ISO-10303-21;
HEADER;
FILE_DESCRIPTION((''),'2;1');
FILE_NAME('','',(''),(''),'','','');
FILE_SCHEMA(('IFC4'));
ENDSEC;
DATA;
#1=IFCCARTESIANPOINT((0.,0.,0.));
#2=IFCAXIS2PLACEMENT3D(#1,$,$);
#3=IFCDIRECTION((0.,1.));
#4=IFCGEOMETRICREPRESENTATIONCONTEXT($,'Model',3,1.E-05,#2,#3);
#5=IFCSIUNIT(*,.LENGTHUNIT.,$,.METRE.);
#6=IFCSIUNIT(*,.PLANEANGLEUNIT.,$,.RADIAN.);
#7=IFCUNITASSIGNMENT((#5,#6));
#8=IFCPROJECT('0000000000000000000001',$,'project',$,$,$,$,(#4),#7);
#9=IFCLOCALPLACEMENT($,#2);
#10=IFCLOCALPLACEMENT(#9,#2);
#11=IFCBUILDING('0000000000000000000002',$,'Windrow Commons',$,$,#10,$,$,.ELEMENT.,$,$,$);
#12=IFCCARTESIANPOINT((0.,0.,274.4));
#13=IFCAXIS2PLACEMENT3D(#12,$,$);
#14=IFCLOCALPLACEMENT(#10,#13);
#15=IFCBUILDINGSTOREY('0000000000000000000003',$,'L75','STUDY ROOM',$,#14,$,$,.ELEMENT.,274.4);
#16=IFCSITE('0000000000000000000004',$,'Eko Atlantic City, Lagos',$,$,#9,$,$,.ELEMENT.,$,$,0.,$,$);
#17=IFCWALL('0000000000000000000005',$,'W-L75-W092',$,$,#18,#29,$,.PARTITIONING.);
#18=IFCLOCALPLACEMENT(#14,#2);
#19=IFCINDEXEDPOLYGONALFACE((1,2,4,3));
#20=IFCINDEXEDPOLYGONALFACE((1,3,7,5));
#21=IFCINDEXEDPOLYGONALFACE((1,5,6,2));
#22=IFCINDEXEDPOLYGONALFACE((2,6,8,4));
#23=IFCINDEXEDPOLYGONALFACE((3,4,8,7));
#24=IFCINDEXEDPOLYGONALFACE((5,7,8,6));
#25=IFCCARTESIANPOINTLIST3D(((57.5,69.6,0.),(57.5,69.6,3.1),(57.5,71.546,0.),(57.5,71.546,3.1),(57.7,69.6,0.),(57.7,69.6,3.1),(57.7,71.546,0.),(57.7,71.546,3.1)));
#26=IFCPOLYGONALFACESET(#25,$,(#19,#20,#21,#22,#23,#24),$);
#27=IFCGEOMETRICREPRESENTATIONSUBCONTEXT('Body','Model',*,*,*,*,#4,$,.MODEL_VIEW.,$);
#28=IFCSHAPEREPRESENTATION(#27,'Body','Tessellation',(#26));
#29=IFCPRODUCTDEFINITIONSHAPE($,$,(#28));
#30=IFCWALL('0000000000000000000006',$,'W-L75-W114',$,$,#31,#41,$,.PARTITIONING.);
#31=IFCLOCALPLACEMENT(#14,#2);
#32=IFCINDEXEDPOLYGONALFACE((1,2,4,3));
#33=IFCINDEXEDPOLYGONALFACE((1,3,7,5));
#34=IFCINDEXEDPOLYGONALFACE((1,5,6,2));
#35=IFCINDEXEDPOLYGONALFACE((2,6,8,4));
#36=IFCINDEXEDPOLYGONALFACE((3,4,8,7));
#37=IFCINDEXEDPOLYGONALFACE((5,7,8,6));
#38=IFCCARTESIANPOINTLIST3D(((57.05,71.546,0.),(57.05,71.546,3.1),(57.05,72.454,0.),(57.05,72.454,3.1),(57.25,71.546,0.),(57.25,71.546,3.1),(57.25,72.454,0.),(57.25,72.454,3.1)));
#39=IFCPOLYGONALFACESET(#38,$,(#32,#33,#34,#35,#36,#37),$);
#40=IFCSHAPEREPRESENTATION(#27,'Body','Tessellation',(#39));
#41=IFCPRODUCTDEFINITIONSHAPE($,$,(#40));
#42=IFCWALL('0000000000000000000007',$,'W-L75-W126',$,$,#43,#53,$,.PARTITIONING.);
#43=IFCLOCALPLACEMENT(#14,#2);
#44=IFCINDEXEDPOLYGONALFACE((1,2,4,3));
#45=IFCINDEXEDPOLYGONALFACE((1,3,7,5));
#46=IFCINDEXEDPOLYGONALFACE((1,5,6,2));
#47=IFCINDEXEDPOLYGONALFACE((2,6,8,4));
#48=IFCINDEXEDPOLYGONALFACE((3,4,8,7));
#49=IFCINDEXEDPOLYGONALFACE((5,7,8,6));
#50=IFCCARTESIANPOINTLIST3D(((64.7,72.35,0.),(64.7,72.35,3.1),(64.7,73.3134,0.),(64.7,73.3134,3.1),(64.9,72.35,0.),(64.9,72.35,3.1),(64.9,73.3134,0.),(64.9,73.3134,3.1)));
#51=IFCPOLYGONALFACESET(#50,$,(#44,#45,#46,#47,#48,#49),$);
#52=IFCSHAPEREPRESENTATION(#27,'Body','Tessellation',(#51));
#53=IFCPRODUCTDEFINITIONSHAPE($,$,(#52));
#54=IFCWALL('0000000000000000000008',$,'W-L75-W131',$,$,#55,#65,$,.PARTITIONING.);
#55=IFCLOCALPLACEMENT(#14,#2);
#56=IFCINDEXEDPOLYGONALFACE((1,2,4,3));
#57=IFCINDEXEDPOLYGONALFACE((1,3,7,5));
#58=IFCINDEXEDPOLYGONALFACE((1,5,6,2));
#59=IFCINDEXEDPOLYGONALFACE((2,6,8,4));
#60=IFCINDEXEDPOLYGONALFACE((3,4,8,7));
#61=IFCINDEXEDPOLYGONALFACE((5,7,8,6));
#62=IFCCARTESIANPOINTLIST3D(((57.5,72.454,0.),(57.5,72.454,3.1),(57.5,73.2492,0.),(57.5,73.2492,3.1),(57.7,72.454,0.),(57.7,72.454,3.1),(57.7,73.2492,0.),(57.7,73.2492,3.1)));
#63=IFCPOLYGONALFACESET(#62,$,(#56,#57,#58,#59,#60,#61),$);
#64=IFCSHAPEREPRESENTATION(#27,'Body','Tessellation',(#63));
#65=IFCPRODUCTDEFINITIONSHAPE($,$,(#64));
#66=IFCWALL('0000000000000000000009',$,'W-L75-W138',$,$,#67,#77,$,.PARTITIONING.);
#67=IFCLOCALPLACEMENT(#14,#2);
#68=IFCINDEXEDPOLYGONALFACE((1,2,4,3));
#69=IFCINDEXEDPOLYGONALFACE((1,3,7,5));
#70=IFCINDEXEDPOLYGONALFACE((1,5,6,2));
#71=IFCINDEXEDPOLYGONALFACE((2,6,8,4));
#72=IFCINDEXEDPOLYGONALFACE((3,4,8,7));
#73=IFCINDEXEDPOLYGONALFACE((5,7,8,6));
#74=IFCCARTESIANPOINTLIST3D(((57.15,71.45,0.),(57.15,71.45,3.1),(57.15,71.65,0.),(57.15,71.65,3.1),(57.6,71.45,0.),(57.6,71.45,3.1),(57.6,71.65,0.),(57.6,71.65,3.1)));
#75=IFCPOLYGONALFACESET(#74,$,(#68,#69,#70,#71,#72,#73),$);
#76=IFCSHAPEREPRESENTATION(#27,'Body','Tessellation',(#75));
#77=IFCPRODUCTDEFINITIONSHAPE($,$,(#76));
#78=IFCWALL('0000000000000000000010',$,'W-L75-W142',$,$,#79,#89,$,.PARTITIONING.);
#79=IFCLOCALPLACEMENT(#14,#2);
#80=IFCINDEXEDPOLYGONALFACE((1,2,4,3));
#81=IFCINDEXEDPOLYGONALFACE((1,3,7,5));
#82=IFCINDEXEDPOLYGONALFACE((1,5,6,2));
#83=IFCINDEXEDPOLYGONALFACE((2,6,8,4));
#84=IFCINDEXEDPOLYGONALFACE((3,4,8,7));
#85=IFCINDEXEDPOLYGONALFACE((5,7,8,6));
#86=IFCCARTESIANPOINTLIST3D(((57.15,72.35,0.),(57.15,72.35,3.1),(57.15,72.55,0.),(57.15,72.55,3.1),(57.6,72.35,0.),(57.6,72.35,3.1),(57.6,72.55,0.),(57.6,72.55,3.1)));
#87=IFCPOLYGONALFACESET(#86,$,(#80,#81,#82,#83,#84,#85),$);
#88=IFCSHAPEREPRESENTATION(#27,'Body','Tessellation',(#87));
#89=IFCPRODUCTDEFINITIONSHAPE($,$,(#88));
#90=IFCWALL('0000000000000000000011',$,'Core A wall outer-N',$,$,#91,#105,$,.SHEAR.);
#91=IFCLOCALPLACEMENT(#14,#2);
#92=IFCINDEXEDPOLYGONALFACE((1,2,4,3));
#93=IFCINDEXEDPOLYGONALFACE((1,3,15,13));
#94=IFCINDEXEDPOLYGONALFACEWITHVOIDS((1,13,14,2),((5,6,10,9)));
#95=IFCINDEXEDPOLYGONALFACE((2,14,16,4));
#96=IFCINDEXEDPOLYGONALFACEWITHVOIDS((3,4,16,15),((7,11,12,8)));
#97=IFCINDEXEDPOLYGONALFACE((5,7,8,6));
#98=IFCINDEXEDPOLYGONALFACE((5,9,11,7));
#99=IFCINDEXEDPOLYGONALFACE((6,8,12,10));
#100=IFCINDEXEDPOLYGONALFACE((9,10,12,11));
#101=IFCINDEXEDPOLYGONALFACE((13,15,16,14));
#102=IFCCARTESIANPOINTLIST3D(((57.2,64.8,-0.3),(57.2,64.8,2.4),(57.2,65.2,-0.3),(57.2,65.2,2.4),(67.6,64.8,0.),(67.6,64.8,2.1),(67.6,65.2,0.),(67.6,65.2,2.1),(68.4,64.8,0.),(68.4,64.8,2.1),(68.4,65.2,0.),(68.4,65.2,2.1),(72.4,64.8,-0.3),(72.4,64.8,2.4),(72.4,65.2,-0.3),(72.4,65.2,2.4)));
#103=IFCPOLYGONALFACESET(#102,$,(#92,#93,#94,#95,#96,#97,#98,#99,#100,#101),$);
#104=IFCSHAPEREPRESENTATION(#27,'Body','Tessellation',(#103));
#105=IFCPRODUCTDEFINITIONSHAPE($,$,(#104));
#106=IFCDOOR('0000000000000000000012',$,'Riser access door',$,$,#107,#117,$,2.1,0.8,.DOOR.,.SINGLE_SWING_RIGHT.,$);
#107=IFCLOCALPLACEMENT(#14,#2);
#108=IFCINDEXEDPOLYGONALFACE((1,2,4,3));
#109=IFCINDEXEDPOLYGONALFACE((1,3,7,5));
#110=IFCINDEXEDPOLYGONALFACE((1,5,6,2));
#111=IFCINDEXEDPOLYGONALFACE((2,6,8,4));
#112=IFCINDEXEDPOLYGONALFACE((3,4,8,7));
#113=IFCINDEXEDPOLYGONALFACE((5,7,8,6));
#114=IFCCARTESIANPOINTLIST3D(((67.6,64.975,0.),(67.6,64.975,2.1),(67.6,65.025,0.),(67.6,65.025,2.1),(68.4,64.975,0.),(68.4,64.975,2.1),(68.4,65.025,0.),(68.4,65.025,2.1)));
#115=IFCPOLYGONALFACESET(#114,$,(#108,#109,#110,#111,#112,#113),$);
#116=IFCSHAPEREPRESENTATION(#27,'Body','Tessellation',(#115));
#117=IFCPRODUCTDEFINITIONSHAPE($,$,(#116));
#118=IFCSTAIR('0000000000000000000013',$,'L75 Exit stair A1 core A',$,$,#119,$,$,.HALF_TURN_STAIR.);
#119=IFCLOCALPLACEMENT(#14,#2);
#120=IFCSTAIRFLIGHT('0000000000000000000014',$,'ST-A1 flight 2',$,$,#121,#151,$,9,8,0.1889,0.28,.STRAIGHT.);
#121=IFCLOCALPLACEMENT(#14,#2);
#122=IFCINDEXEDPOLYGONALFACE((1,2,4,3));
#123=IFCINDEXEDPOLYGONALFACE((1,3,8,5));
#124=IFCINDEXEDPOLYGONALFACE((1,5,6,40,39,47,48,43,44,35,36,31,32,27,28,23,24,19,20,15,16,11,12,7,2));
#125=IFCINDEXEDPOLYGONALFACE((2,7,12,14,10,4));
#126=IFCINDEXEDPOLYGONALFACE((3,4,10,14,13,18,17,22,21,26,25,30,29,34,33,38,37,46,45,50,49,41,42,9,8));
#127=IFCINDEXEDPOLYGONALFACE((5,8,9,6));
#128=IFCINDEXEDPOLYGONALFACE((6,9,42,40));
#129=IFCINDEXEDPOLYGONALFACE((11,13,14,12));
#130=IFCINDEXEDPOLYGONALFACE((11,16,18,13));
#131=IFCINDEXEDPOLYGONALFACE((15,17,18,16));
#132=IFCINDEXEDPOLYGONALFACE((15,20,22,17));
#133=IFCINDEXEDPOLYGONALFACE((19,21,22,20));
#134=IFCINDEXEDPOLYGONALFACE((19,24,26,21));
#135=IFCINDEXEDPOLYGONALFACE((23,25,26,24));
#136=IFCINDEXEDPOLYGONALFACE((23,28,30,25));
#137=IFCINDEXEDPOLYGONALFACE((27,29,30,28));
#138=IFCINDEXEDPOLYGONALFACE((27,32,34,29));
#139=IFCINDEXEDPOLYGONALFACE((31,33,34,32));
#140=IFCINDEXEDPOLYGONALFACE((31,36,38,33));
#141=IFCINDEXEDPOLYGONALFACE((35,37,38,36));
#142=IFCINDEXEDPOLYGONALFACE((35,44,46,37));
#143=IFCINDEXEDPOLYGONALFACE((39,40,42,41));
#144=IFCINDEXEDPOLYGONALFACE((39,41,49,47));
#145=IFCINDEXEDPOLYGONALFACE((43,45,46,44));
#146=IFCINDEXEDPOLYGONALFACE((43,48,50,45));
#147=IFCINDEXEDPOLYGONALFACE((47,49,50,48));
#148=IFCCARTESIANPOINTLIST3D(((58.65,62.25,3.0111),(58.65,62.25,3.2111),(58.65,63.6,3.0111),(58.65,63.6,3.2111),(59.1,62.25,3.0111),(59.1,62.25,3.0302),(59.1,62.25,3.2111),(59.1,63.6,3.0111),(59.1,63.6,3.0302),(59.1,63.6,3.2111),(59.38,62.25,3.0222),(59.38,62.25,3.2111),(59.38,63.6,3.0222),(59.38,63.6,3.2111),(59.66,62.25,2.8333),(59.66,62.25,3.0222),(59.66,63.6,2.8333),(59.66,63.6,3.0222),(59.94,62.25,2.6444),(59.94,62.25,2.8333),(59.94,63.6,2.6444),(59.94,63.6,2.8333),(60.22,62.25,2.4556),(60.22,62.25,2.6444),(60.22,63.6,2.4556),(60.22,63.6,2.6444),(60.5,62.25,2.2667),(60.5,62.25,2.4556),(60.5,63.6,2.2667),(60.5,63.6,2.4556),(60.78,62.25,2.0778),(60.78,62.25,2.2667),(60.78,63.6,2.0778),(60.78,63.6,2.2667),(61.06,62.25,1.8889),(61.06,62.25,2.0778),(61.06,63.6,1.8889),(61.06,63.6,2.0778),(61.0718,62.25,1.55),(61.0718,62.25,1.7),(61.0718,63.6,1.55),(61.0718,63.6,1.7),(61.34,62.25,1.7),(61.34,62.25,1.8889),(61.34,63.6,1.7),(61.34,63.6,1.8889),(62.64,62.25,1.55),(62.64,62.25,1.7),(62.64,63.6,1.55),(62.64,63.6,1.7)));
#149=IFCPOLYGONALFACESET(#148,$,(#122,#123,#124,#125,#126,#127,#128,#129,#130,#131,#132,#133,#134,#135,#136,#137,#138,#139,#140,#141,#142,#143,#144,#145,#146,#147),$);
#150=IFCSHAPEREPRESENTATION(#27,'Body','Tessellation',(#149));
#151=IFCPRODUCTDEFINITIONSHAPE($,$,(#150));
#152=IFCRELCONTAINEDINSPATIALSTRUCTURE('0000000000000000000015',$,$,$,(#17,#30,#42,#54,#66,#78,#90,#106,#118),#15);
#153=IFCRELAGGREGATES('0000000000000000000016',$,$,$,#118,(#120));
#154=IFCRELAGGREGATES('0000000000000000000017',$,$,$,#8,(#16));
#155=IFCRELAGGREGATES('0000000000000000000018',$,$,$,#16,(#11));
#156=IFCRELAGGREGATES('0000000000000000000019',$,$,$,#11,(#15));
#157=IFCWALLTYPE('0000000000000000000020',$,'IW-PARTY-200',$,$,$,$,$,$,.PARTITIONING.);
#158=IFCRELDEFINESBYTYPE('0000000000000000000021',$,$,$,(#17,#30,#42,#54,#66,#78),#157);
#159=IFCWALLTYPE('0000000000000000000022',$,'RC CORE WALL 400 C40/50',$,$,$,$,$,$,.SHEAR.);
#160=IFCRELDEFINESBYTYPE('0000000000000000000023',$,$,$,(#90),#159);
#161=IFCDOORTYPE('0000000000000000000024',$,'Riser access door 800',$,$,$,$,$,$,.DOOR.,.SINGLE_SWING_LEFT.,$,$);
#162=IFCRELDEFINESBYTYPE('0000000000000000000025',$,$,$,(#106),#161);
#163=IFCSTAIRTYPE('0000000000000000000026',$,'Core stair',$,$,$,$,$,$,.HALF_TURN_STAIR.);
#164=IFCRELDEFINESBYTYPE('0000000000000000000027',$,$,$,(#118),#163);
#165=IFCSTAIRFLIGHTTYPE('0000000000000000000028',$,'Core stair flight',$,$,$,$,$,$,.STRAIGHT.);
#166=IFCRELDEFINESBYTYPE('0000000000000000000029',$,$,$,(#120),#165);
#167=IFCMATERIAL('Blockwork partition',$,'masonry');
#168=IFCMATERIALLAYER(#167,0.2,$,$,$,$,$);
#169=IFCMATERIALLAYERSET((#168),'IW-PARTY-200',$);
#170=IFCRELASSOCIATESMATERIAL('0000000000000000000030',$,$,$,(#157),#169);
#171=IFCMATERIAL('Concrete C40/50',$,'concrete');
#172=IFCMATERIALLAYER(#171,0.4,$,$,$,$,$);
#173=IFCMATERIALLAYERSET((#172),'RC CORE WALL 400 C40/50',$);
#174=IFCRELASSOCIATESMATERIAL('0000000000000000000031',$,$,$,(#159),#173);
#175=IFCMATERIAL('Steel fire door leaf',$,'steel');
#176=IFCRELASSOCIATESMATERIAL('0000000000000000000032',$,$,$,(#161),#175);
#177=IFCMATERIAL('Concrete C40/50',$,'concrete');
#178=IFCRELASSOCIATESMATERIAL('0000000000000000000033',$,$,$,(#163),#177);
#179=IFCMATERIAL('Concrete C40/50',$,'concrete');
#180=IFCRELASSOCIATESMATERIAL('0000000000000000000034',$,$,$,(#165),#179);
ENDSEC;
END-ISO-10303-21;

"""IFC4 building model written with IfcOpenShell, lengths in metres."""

from ifc_helpers import new_model, si_unit, direction, frame, frame_2d, origin, place, context, subcontext, project, spatial, polyline, rectangle, outline, extrude, material, layer, layer_set, type_object, element, fill, aggregate, save


model = new_model("IFC4")

# Units and contexts
model_context = context("Model", 3, precision=1e-05, world=origin(), true_north=direction((0.0, 1.0)))
body_context = subcontext(model_context, "Body", "Model", "MODEL_VIEW")
ifc_project = project(units=[si_unit("LENGTHUNIT", "METRE"), si_unit("PLANEANGLEUNIT", "RADIAN")], contexts=[model_context])

# Site, building, storey
site_placement = place(None, origin())
site = spatial("IfcSite", under=ifc_project, at=site_placement, Name="Eko Atlantic City, Lagos", CompositionType="ELEMENT", RefElevation=0.0)
building_placement = place(site_placement, origin())
building = spatial("IfcBuilding", under=site, at=building_placement, Name="Windrow Commons", CompositionType="ELEMENT")
storey_placement = place(building_placement, frame((0.0, 0.0, 274.4)))
storey = spatial("IfcBuildingStorey", under=building, at=storey_placement, Name="L75", Description="STUDY ROOM", CompositionType="ELEMENT", Elevation=274.4)

# Walls
ifc_material_1 = material(Name="Blockwork partition", Category="masonry")
ifc_layer_1 = layer(ifc_material_1, 0.2)
ifc_layer_set_1 = layer_set([ifc_layer_1], Name="IW-PARTY-200")
wall_type_1 = type_object("IfcWallType", Name="IW-PARTY-200", PredefinedType="PARTITIONING", material=ifc_layer_set_1)
wall_1_placement = place(storey_placement, frame((57.6, 69.6, 0.0), z_axis=(0.0, 0.0, 1.0), x_axis=(0.0, 1.0, 0.0)))
element("IfcWall", 1, at=wall_1_placement, inside=storey, type_object=wall_type_1, Name="W-L75-W092", PredefinedType="PARTITIONING", context=body_context, shape_type="SweptSolid", body=[
    extrude(rectangle(XDim=1.946, YDim=0.2, at=frame_2d((0.973, 0.0))), origin(), (0.0, 0.0, 1.0), 3.1),
])
wall_2_placement = place(storey_placement, frame((57.15, 71.546, 0.0), z_axis=(0.0, 0.0, 1.0), x_axis=(0.0, 1.0, 0.0)))
element("IfcWall", 2, at=wall_2_placement, inside=storey, type_object=wall_type_1, Name="W-L75-W114", PredefinedType="PARTITIONING", context=body_context, shape_type="SweptSolid", body=[
    extrude(rectangle(XDim=0.908, YDim=0.2, at=frame_2d((0.454, 0.0))), origin(), (0.0, 0.0, 1.0), 3.1),
])
wall_3_placement = place(storey_placement, frame((64.8, 72.35, 0.0), z_axis=(0.0, 0.0, 1.0), x_axis=(0.0, 1.0, 0.0)))
element("IfcWall", 3, at=wall_3_placement, inside=storey, type_object=wall_type_1, Name="W-L75-W126", PredefinedType="PARTITIONING", context=body_context, shape_type="SweptSolid", body=[
    extrude(rectangle(XDim=0.9634, YDim=0.2, at=frame_2d((0.4817, 0.0))), origin(), (0.0, 0.0, 1.0), 3.1),
])
wall_4_placement = place(storey_placement, frame((57.6, 72.454, 0.0), z_axis=(0.0, 0.0, 1.0), x_axis=(0.0, 1.0, 0.0)))
element("IfcWall", 4, at=wall_4_placement, inside=storey, type_object=wall_type_1, Name="W-L75-W131", PredefinedType="PARTITIONING", context=body_context, shape_type="SweptSolid", body=[
    extrude(rectangle(XDim=0.7952, YDim=0.2, at=frame_2d((0.3976, 0.0))), origin(), (0.0, 0.0, 1.0), 3.1),
])
for number, where, z_axis, x_axis, name in (
    (5, (57.15, 71.55, 0.0), (0.0, 0.0, 1.0), (1.0, 0.0, 0.0), "W-L75-W138"),
    (6, (57.15, 72.45, 0.0), (0.0, 0.0, 1.0), (1.0, 0.0, 0.0), "W-L75-W142"),
):
    element("IfcWall", number, at=place(storey_placement, frame(where, z_axis=z_axis, x_axis=x_axis)), inside=storey, type_object=wall_type_1, Name=name, PredefinedType="PARTITIONING", context=body_context, shape_type="SweptSolid", body=[
        extrude(rectangle(XDim=0.45, YDim=0.2, at=frame_2d((0.225, 0.0))), origin(), (0.0, 0.0, 1.0), 3.1),
    ])

# Wall, opening, door
ifc_material_2 = material(Name="Concrete C40/50", Category="concrete")
ifc_layer_2 = layer(ifc_material_2, 0.4)
ifc_layer_set_2 = layer_set([ifc_layer_2], Name="RC CORE WALL 400 C40/50")
wall_type_2 = type_object("IfcWallType", Name="RC CORE WALL 400 C40/50", PredefinedType="SHEAR", material=ifc_layer_set_2)
wall_5_placement = place(storey_placement, frame((57.2, 65.0, -0.3), z_axis=(0.0, 0.0, 1.0), x_axis=(1.0, 0.0, 0.0)))
wall_5 = element("IfcWall", 7, at=wall_5_placement, inside=storey, type_object=wall_type_2, Name="Core A wall outer-N", PredefinedType="SHEAR", context=body_context, shape_type="SweptSolid", body=[
    extrude(rectangle(XDim=15.2, YDim=0.4, at=frame_2d((7.6, 0.0))), origin(), (0.0, 0.0, 1.0), 2.7),
])
opening_1_placement = place(wall_5_placement, frame((10.4, 0.0, 0.3)))
opening_1 = element("IfcOpeningElement", 8, at=opening_1_placement, cuts=wall_5, PredefinedType="OPENING", context=body_context, shape_type="SweptSolid", body=[
    extrude(rectangle(XDim=0.8, YDim=2.1, at=frame_2d((0.4, 1.05))), frame((0.0, 0.21, 0.0), z_axis=(0.0, -1.0, 0.0), x_axis=(1.0, 0.0, 0.0)), (0.0, 0.0, 1.0), 0.42),
])
ifc_material_3 = material(Name="Steel fire door leaf", Category="steel")
door_type_1 = type_object("IfcDoorType", Name="Riser access door 800", OperationType="SINGLE_SWING_LEFT", PredefinedType="DOOR", material=ifc_material_3)
door_1_placement = place(opening_1_placement, origin())
door_1 = element("IfcDoor", 9, at=door_1_placement, inside=storey, type_object=door_type_1, Name="Riser access door", OperationType="SINGLE_SWING_RIGHT", OverallHeight=2.1, OverallWidth=0.8, PredefinedType="DOOR", context=body_context, shape_type="SweptSolid", body=[
    extrude(rectangle(XDim=0.8, YDim=2.1, at=frame_2d((0.4, 1.05))), frame((0.0, 0.025, 0.0), z_axis=(0.0, -1.0, 0.0), x_axis=(1.0, 0.0, 0.0)), (0.0, 0.0, 1.0), 0.05),
])
fill(opening_1, door_1)

# Stair, stair flight
ifc_material_4 = material(Name="Concrete C40/50", Category="concrete")
stair_type = type_object("IfcStairType", Name="Core stair", PredefinedType="HALF_TURN_STAIR", material=ifc_material_4)
stair_placement = place(storey_placement, origin())
stair = element("IfcStair", 10, at=stair_placement, inside=storey, type_object=stair_type, Name="L75 Exit stair A1 core A", PredefinedType="HALF_TURN_STAIR")
ifc_material_5 = material(Name="Concrete C40/50", Category="concrete")
stair_flight_type = type_object("IfcStairFlightType", Name="Core stair flight", PredefinedType="STRAIGHT", material=ifc_material_5)
stair_flight_placement = place(storey_placement, frame((61.34, 62.925, 1.7), z_axis=(0.0, 0.0, 1.0), x_axis=(-1.0, 0.0, 0.0)))
stair_flight = element("IfcStairFlight", 11, at=stair_flight_placement, type_object=stair_flight_type, Name="ST-A1 flight 2", NumberOfRisers=9, NumberOfTreads=8, PredefinedType="STRAIGHT", RiserHeight=0.1889, TreadLength=0.28, context=body_context, shape_type="SweptSolid", body=[
    extrude(outline(polyline([(-1.3, -0.15), (-1.3, 0.0), (0.0, 0.0), (0.0, 0.1889), (0.28, 0.1889), (0.28, 0.3778), (0.56, 0.3778), (0.56, 0.5667), (0.84, 0.5667), (0.84, 0.7556), (1.12, 0.7556), (1.12, 0.9444), (1.4, 0.9444), (1.4, 1.1333), (1.68, 1.1333), (1.68, 1.3222), (1.96, 1.3222), (1.96, 1.5111), (2.24, 1.5111), (2.69, 1.5111), (2.69, 1.3111), (2.24, 1.3111), (2.24, 1.3302), (0.2682, 0.0), (0.2682, -0.15), (-1.3, -0.15)])), frame((0.0, 0.675, 0.0), z_axis=(0.0, -1.0, 0.0), x_axis=(1.0, 0.0, 0.0)), (0.0, 0.0, 1.0), 1.35),
])
aggregate(stair, [stair_flight])

save(model, "model.ifc")
